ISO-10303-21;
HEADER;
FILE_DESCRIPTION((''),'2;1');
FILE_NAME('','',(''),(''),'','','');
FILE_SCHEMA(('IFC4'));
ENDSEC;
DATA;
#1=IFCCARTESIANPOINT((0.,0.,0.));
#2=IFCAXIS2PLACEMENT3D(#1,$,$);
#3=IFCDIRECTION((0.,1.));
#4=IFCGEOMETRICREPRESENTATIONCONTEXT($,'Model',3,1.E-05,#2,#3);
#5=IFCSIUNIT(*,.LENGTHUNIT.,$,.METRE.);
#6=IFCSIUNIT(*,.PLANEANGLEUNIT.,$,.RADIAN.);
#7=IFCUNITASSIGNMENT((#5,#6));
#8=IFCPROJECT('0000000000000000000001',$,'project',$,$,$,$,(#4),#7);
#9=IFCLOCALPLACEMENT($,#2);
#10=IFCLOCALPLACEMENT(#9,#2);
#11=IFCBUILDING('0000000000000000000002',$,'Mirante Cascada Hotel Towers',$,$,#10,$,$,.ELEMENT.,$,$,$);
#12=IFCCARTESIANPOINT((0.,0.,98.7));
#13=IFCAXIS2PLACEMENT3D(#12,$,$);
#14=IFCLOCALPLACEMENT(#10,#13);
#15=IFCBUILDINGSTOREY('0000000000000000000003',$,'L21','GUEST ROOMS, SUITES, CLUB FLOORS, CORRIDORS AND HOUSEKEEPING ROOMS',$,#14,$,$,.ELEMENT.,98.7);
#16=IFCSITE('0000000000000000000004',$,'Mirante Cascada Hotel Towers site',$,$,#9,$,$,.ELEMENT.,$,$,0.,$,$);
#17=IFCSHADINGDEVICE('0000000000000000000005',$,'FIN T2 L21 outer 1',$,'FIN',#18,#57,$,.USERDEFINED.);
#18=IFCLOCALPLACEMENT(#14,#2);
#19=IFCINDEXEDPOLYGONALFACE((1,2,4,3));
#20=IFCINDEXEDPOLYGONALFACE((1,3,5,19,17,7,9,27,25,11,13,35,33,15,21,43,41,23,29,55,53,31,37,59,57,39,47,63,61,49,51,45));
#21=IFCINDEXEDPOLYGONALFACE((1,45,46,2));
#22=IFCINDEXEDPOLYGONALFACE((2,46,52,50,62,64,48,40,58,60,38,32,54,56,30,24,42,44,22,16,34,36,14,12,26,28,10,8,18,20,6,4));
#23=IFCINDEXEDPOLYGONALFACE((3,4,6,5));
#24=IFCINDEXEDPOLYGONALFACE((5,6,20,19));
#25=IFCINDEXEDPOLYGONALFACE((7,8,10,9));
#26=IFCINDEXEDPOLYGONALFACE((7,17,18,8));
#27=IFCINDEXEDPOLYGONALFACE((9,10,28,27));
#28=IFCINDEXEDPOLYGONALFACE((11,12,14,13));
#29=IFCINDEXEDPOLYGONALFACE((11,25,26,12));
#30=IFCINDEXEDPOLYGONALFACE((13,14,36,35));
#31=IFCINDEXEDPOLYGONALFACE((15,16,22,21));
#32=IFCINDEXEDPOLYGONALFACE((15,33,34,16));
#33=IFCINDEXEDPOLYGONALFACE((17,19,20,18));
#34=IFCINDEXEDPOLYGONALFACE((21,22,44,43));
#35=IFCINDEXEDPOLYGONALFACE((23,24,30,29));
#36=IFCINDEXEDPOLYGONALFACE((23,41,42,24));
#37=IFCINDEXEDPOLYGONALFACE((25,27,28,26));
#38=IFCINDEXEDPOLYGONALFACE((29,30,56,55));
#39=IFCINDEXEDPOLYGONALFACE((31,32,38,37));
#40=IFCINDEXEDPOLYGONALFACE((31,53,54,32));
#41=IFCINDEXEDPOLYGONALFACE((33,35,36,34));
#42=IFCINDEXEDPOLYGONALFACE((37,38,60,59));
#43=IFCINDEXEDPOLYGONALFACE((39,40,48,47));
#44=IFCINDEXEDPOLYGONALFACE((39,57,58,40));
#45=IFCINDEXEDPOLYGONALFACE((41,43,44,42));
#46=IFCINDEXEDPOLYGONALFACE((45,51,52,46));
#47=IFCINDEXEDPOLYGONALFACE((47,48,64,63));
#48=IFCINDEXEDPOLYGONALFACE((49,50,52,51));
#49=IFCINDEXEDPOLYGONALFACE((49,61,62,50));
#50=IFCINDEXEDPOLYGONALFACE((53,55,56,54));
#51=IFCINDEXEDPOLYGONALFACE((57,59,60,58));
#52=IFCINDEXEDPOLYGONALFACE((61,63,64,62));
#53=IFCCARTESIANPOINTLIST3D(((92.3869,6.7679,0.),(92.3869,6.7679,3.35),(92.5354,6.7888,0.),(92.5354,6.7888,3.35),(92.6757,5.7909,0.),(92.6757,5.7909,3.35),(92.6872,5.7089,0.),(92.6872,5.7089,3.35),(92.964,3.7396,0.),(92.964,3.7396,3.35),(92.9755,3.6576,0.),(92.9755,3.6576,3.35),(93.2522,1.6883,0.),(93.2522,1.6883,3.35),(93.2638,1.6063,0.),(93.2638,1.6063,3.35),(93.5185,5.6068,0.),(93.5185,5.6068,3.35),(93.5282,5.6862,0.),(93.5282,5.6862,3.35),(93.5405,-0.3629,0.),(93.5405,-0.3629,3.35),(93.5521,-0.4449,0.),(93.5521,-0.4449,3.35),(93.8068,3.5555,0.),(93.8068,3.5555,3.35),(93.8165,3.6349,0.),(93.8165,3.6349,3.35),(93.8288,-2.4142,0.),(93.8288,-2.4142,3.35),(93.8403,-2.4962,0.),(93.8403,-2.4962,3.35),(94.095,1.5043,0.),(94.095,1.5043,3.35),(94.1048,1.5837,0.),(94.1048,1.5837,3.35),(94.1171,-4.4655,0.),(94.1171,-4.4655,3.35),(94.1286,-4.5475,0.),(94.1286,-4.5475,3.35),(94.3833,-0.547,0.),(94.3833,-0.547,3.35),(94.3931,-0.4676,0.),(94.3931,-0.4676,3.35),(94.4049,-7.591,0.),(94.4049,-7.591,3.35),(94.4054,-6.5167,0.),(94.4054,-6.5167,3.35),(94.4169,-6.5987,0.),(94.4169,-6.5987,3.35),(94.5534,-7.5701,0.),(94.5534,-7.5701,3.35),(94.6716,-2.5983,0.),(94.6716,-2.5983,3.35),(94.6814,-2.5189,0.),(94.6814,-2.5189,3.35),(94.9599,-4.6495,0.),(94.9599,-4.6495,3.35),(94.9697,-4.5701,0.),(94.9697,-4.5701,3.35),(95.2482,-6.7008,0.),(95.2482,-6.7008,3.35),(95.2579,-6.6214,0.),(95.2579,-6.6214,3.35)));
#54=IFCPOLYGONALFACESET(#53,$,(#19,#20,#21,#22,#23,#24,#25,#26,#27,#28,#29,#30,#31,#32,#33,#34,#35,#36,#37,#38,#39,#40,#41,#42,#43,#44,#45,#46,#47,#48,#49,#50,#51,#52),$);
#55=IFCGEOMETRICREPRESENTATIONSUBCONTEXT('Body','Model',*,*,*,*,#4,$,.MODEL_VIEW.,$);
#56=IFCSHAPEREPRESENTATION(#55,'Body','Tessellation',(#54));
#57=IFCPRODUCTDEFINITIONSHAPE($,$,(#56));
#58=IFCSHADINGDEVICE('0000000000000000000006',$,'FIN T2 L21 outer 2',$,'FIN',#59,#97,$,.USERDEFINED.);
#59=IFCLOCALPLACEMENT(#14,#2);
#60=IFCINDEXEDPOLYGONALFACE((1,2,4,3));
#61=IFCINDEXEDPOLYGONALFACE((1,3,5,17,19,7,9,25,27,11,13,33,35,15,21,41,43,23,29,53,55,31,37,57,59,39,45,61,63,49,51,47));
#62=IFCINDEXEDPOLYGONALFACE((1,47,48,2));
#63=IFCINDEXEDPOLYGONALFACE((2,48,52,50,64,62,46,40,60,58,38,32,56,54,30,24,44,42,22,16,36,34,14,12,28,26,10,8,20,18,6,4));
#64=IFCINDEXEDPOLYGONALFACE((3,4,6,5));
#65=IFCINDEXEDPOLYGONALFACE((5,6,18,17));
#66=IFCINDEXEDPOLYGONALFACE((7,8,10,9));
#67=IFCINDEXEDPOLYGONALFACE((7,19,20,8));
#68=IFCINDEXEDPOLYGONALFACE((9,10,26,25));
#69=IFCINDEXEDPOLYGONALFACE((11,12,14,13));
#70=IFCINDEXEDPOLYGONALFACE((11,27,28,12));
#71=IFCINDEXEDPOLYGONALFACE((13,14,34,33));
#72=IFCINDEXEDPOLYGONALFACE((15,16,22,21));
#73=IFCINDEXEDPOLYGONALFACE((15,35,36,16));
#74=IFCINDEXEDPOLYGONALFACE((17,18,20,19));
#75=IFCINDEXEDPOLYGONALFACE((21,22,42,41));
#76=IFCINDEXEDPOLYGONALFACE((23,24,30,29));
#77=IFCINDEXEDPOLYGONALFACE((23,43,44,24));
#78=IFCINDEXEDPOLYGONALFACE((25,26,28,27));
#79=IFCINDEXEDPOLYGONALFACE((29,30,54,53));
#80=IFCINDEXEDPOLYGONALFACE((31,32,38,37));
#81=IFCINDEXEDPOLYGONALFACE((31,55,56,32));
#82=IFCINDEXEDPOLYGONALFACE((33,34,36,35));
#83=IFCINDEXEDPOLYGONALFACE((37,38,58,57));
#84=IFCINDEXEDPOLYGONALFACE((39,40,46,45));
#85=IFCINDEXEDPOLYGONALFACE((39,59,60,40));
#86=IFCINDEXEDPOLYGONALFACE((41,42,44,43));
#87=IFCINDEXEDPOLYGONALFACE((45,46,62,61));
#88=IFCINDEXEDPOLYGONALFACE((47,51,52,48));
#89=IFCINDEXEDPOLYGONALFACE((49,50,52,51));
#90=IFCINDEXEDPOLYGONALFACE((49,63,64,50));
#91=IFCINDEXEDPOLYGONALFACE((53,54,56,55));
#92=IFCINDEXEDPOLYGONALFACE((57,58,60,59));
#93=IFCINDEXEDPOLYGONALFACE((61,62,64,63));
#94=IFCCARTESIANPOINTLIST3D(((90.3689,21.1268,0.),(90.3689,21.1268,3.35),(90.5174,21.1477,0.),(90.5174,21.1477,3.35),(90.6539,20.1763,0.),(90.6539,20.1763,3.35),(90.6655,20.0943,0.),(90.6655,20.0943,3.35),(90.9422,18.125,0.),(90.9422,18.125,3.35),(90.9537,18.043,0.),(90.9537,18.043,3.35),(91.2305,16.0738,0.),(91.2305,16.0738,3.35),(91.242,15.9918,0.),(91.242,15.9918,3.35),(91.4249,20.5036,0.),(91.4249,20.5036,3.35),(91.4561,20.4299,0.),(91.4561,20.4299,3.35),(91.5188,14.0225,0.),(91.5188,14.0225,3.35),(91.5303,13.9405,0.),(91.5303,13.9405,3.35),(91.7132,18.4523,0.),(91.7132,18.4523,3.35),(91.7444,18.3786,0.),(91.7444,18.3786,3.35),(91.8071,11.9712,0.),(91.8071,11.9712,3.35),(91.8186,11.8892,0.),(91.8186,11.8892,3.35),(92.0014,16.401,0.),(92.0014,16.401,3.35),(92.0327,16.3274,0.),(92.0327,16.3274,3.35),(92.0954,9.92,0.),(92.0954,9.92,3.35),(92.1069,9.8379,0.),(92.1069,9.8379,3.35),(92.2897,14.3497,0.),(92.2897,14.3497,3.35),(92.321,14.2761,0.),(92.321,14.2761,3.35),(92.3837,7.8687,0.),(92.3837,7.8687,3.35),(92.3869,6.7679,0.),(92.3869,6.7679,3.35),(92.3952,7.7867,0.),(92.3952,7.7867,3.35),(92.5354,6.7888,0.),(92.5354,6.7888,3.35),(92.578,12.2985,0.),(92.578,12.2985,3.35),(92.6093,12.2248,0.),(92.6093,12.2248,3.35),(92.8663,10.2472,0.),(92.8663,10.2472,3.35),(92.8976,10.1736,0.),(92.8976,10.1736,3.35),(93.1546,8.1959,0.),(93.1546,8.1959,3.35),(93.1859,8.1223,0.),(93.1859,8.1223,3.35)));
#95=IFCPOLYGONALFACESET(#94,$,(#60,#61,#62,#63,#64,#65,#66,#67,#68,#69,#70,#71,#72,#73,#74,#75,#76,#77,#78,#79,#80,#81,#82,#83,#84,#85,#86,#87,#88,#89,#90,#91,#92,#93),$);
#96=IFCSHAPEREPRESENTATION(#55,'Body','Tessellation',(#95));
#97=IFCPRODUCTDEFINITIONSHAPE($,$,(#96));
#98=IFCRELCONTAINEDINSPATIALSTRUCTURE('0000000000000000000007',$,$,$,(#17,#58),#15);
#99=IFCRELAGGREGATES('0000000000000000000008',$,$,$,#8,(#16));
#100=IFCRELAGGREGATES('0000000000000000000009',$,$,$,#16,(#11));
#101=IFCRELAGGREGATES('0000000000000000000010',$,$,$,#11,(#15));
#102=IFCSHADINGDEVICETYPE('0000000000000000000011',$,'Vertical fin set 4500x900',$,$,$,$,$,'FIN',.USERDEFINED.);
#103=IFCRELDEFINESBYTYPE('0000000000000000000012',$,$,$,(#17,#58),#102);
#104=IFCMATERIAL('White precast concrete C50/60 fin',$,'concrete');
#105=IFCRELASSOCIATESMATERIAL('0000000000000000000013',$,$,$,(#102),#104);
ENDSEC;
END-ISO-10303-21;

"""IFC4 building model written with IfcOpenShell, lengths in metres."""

from ifc_helpers import new_model, si_unit, direction, frame, origin, place, context, subcontext, project, spatial, polyline, outline, extrude, material, type_object, element, save


model = new_model("IFC4")

# Units and contexts
model_context = context("Model", 3, precision=1e-05, world=origin(), true_north=direction((0.0, 1.0)))
body_context = subcontext(model_context, "Body", "Model", "MODEL_VIEW")
ifc_project = project(units=[si_unit("LENGTHUNIT", "METRE"), si_unit("PLANEANGLEUNIT", "RADIAN")], contexts=[model_context])

# Site, building, storey
site_placement = place(None, origin())
site = spatial("IfcSite", under=ifc_project, at=site_placement, Name="Mirante Cascada Hotel Towers site", CompositionType="ELEMENT", RefElevation=0.0)
building_placement = place(site_placement, origin())
building = spatial("IfcBuilding", under=site, at=building_placement, Name="Mirante Cascada Hotel Towers", CompositionType="ELEMENT")
storey_placement = place(building_placement, frame((0.0, 0.0, 98.7)))
storey = spatial("IfcBuildingStorey", under=building, at=storey_placement, Name="L21", Description="GUEST ROOMS, SUITES, CLUB FLOORS, CORRIDORS AND HOUSEKEEPING ROOMS", CompositionType="ELEMENT", Elevation=98.7)

# Shading devices
ifc_material_1 = material(Name="White precast concrete C50/60 fin", Category="concrete")
shading_device_type = type_object("IfcShadingDeviceType", Name="Vertical fin set 4500x900", ElementType="FIN", PredefinedType="USERDEFINED", material=ifc_material_1)
shading_device_1_placement = place(storey_placement, origin())
element("IfcShadingDevice", 1, at=shading_device_1_placement, inside=storey, type_object=shading_device_type, Name="FIN T2 L21 outer 1", ObjectType="FIN", PredefinedType="USERDEFINED", context=body_context, shape_type="SweptSolid", body=[
    extrude(outline(polyline([(95.2482, -6.7008), (94.4169, -6.5987), (94.5534, -7.5701), (94.4049, -7.591), (92.3869, 6.7679), (92.5354, 6.7888), (92.6757, 5.7909), (93.5282, 5.6862), (93.5185, 5.6068), (92.6872, 5.7089), (92.964, 3.7396), (93.8165, 3.6349), (93.8068, 3.5555), (92.9755, 3.6576), (93.2522, 1.6883), (94.1048, 1.5837), (94.095, 1.5043), (93.2638, 1.6063), (93.5405, -0.3629), (94.3931, -0.4676), (94.3833, -0.547), (93.5521, -0.4449), (93.8288, -2.4142), (94.6814, -2.5189), (94.6716, -2.5983), (93.8403, -2.4962), (94.1171, -4.4655), (94.9697, -4.5701), (94.9599, -4.6495), (94.1286, -4.5475), (94.4054, -6.5167), (95.2579, -6.6214), (95.2482, -6.7008)])), origin(), (0.0, 0.0, 1.0), 3.35),
])
shading_device_2_placement = place(storey_placement, origin())
element("IfcShadingDevice", 2, at=shading_device_2_placement, inside=storey, type_object=shading_device_type, Name="FIN T2 L21 outer 2", ObjectType="FIN", PredefinedType="USERDEFINED", context=body_context, shape_type="SweptSolid", body=[
    extrude(outline(polyline([(93.1859, 8.1223), (92.3952, 7.7867), (92.5354, 6.7888), (92.3869, 6.7679), (90.3689, 21.1268), (90.5174, 21.1477), (90.6539, 20.1763), (91.4249, 20.5036), (91.4561, 20.4299), (90.6655, 20.0943), (90.9422, 18.125), (91.7132, 18.4523), (91.7444, 18.3786), (90.9537, 18.043), (91.2305, 16.0738), (92.0014, 16.401), (92.0327, 16.3274), (91.242, 15.9918), (91.5188, 14.0225), (92.2897, 14.3497), (92.321, 14.2761), (91.5303, 13.9405), (91.8071, 11.9712), (92.578, 12.2985), (92.6093, 12.2248), (91.8186, 11.8892), (92.0954, 9.92), (92.8663, 10.2472), (92.8976, 10.1736), (92.1069, 9.8379), (92.3837, 7.8687), (93.1546, 8.1959), (93.1859, 8.1223)])), origin(), (0.0, 0.0, 1.0), 3.35),
])

save(model, "model.ifc")
